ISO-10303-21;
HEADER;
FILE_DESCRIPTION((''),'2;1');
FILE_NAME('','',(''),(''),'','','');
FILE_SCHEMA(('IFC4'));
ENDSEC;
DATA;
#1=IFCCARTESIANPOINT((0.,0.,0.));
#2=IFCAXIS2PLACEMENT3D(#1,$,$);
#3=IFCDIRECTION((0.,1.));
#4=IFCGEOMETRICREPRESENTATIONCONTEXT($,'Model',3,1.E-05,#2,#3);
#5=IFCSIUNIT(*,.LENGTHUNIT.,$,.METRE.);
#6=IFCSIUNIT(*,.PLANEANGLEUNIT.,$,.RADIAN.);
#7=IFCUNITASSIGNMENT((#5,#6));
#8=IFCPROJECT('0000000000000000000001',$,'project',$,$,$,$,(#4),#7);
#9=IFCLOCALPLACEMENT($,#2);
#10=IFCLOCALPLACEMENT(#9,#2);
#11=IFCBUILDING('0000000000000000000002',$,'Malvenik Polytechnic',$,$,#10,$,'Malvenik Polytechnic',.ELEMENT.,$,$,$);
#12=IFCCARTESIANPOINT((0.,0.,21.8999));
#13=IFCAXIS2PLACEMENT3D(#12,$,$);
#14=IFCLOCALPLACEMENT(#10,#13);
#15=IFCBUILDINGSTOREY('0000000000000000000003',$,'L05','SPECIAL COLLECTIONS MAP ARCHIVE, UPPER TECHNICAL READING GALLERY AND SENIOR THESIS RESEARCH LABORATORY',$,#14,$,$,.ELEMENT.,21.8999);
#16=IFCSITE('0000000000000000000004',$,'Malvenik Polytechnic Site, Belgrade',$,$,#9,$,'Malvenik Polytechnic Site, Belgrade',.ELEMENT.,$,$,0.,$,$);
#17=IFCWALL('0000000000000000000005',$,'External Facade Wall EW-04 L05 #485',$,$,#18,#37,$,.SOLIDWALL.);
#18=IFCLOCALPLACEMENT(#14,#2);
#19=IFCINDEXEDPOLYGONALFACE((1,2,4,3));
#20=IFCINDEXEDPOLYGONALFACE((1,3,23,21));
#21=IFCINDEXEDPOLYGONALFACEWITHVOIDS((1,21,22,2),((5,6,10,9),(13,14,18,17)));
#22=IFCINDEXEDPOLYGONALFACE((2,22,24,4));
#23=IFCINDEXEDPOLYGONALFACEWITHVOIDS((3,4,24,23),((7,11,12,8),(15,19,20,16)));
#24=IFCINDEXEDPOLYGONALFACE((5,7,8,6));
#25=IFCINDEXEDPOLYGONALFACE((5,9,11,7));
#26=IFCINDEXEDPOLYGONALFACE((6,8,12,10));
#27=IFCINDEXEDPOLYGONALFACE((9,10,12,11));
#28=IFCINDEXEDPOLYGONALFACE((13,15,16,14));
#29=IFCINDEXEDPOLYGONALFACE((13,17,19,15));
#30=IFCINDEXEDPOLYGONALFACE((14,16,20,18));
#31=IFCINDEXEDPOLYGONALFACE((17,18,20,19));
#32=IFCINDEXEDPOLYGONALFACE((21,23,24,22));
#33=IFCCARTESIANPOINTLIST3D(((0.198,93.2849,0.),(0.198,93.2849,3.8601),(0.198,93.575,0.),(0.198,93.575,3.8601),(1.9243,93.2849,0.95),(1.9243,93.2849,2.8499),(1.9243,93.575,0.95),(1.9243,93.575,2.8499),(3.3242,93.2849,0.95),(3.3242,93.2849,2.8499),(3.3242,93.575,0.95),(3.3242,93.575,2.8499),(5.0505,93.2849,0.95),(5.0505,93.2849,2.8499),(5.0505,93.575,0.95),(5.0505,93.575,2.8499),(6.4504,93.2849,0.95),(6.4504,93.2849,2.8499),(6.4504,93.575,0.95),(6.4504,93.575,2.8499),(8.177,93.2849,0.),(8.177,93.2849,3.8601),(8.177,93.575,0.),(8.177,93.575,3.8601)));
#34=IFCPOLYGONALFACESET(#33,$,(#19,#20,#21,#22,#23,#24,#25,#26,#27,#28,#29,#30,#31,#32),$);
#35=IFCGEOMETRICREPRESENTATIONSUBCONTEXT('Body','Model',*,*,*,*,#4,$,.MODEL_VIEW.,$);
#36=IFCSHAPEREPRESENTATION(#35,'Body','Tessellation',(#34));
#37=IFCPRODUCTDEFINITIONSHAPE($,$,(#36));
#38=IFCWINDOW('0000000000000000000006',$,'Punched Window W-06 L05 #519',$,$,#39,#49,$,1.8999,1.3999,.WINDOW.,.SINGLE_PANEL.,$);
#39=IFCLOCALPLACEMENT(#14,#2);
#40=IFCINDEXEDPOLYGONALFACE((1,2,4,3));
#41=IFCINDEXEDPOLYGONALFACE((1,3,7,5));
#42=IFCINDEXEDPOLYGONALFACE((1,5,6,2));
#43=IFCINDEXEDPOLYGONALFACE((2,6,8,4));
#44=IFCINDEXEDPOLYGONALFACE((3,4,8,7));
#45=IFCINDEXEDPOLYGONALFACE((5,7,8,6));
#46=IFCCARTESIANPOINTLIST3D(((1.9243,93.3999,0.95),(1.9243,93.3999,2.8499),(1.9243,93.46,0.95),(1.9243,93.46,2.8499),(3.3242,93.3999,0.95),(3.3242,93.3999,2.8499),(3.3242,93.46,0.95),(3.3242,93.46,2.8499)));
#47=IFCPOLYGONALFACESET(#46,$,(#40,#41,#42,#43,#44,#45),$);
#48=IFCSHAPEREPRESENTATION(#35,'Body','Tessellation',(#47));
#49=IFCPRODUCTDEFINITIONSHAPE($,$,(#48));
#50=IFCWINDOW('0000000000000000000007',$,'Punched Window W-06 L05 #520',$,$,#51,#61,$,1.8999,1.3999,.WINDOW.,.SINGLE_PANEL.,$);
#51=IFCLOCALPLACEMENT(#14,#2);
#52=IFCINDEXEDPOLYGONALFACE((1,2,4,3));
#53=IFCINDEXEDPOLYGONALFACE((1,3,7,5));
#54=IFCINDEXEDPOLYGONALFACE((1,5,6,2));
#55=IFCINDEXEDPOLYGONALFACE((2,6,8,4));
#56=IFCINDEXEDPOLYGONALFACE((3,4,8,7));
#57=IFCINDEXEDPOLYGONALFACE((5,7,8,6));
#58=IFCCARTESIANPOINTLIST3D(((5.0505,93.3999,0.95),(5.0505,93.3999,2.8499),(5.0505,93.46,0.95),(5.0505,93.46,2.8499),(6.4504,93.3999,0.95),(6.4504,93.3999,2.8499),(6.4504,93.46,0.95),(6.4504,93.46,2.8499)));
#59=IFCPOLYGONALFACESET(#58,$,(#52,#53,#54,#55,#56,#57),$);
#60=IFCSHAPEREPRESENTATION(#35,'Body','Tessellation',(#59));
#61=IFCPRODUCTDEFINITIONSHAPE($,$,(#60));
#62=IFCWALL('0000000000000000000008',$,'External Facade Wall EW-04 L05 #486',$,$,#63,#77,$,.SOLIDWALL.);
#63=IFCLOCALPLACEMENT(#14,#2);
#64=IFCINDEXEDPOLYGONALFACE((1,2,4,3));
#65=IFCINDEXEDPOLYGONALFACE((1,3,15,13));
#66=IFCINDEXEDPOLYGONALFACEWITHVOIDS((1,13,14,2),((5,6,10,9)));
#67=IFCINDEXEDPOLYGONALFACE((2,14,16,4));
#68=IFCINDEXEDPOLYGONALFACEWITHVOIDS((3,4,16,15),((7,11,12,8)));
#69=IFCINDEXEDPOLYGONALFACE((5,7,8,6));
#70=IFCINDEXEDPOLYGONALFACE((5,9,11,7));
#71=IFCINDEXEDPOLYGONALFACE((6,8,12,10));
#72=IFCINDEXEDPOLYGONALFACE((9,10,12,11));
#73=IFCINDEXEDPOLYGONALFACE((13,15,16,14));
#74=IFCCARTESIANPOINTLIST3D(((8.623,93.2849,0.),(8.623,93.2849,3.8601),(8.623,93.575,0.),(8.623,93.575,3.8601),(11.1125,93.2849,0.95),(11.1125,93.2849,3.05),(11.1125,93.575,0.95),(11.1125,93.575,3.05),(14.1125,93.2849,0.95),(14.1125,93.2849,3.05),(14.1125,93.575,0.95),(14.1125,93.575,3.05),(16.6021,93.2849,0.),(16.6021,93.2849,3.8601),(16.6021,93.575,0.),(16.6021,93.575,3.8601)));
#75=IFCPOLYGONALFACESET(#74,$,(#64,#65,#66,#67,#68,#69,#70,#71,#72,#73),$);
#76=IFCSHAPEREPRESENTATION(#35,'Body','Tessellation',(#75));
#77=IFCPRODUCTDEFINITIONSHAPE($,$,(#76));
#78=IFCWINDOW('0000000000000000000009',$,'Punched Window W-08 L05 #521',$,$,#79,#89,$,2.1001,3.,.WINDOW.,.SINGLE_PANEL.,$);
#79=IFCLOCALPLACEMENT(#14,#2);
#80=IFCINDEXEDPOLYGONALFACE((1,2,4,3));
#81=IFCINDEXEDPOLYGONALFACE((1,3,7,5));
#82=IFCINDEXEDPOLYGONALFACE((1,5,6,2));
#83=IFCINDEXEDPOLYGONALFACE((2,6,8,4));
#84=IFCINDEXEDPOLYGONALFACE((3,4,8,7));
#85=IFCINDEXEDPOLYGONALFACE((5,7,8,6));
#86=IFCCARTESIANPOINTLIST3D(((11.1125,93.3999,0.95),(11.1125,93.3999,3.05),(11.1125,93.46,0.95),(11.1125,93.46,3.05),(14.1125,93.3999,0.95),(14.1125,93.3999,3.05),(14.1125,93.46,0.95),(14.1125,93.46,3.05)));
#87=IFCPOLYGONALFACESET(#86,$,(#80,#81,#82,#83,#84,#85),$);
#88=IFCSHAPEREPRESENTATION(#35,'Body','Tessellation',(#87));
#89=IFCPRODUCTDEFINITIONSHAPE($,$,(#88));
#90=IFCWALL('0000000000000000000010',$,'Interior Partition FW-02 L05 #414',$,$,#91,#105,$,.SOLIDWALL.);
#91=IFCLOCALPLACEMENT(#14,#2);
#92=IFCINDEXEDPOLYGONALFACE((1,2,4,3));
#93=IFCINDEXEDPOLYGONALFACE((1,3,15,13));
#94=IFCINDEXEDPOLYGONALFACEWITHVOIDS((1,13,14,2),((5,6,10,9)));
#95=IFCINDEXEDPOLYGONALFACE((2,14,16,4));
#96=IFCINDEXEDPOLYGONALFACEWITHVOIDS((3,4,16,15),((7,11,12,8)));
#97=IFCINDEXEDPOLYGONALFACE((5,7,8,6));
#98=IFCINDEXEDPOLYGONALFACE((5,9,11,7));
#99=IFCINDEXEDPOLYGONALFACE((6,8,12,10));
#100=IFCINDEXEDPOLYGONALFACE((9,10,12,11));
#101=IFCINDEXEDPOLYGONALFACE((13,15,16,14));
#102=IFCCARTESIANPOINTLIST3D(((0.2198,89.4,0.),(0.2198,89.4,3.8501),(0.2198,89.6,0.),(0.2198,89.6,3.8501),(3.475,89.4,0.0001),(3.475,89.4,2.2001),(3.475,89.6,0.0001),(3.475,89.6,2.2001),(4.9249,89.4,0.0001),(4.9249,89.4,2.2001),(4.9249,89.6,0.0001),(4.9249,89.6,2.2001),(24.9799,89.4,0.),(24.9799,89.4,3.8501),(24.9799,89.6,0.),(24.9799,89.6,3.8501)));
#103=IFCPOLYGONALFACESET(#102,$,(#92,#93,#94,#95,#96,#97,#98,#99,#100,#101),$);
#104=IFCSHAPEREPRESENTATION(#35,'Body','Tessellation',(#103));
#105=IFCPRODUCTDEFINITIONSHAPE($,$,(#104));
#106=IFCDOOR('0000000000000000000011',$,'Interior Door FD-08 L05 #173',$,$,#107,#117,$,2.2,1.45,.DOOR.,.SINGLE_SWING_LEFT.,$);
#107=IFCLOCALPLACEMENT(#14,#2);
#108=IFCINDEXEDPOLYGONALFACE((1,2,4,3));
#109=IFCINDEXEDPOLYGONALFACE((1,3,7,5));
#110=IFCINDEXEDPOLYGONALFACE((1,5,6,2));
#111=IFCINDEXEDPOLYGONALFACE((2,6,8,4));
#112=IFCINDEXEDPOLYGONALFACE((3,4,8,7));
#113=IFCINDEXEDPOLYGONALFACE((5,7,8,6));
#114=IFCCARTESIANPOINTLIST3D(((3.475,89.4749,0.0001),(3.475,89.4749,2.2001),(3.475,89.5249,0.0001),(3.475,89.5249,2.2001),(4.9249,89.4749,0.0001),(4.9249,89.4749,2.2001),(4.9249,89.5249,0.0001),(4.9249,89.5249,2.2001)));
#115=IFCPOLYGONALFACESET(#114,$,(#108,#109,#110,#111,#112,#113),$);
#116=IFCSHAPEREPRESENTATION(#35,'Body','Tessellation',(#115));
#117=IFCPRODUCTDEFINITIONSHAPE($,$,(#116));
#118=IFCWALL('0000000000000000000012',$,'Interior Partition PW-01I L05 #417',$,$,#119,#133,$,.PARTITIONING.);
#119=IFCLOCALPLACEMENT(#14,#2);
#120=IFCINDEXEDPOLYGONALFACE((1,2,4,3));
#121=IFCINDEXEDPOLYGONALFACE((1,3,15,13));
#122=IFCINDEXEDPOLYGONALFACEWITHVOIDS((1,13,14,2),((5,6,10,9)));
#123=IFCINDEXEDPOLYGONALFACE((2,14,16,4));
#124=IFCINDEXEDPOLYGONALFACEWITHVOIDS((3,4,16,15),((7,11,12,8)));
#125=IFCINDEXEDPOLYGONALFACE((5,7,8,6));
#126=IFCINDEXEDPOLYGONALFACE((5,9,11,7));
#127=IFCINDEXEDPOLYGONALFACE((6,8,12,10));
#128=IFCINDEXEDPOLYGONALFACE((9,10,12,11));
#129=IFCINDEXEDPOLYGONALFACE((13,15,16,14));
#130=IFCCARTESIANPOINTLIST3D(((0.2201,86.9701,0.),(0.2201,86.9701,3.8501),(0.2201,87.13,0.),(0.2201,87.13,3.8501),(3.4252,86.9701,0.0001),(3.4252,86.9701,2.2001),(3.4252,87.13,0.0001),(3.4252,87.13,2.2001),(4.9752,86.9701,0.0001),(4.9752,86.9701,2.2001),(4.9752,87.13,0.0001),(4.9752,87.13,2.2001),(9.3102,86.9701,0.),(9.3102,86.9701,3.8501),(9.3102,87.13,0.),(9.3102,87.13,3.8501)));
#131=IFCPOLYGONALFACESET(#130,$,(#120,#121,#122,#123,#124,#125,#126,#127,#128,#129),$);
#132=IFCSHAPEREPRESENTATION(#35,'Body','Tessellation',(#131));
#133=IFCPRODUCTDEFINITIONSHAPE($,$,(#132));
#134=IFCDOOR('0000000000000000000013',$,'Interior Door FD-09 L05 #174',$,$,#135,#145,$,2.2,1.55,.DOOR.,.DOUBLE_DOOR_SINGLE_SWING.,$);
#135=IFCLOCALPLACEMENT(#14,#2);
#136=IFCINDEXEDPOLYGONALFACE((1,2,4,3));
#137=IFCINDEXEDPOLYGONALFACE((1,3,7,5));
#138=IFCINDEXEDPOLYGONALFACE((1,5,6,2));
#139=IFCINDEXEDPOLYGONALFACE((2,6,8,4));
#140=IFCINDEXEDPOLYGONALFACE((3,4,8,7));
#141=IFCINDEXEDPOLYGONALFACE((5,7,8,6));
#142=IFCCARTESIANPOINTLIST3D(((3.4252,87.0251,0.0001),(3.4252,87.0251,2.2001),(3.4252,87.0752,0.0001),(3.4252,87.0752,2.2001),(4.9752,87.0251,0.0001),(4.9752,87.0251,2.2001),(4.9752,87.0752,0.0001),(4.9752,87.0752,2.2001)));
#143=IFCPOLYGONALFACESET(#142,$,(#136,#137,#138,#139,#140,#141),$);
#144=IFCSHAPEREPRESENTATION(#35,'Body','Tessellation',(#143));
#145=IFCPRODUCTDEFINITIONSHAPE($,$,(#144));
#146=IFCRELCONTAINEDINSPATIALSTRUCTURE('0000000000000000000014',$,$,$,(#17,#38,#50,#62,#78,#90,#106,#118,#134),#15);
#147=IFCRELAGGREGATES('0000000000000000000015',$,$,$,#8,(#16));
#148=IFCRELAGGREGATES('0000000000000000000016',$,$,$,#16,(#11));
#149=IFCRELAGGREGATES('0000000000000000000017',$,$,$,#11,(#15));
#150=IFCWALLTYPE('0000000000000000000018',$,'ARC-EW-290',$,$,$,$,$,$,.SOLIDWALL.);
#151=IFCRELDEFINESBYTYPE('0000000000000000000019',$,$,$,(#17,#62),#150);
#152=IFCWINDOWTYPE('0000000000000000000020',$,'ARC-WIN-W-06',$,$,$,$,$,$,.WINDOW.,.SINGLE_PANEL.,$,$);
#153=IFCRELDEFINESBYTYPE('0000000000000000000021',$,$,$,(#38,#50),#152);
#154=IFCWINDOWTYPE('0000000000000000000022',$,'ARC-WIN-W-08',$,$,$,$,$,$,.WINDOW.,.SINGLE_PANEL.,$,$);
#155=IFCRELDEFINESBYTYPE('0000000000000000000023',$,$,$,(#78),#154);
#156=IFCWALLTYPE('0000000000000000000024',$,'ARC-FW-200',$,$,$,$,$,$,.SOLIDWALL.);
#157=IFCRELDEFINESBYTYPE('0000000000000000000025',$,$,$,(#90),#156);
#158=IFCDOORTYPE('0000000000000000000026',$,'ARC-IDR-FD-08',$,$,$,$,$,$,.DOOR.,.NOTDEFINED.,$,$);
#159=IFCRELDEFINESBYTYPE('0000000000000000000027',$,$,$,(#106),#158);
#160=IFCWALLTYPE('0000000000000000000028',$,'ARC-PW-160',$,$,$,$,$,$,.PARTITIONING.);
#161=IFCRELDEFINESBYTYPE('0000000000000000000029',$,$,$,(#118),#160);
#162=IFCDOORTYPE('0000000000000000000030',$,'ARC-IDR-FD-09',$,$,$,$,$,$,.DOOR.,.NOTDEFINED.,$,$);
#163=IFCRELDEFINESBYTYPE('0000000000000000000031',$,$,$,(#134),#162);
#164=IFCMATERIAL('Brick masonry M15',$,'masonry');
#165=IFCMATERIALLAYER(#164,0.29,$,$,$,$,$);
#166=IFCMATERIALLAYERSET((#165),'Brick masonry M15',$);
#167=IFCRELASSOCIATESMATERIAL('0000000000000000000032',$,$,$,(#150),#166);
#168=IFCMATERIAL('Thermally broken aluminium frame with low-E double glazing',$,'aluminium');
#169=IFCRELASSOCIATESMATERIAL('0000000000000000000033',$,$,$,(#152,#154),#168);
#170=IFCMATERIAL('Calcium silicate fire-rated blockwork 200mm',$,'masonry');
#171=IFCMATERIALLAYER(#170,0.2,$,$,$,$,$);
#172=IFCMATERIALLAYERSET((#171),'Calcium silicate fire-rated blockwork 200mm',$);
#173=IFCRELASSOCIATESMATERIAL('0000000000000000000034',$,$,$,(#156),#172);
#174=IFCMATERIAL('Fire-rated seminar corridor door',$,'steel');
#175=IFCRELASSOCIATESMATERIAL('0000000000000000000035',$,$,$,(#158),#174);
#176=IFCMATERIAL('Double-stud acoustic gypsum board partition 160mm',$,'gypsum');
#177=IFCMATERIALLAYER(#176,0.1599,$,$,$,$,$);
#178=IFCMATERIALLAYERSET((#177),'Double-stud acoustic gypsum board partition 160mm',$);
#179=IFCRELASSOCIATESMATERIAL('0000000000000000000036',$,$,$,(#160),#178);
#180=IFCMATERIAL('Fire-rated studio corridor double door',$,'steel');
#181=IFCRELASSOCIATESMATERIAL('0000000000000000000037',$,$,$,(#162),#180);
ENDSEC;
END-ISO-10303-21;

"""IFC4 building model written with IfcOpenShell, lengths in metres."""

from ifc_helpers import new_model, si_unit, direction, frame, frame_2d, origin, place, context, subcontext, project, spatial, rectangle, extrude, material, layer, layer_set, type_object, element, fill, save


model = new_model("IFC4")

# Units and contexts
model_context = context("Model", 3, precision=1e-05, world=origin(), true_north=direction((0.0, 1.0)))
body_context = subcontext(model_context, "Body", "Model", "MODEL_VIEW")
ifc_project = project(units=[si_unit("LENGTHUNIT", "METRE"), si_unit("PLANEANGLEUNIT", "RADIAN")], contexts=[model_context])

# Site, building, storey
site_placement = place(None, origin())
site = spatial("IfcSite", under=ifc_project, at=site_placement, Name="Malvenik Polytechnic Site, Belgrade", LongName="Malvenik Polytechnic Site, Belgrade", CompositionType="ELEMENT", RefElevation=0.0)
building_placement = place(site_placement, origin())
building = spatial("IfcBuilding", under=site, at=building_placement, Name="Malvenik Polytechnic", LongName="Malvenik Polytechnic", CompositionType="ELEMENT")
storey_placement = place(building_placement, frame((0.0, 0.0, 21.8999)))
storey = spatial("IfcBuildingStorey", under=building, at=storey_placement, Name="L05", Description="SPECIAL COLLECTIONS MAP ARCHIVE, UPPER TECHNICAL READING GALLERY AND SENIOR THESIS RESEARCH LABORATORY", CompositionType="ELEMENT", Elevation=21.8999)

# Shared definitions
ifc_material_1 = material(Name="Brick masonry M15", Category="masonry")
ifc_layer_1 = layer(ifc_material_1, 0.29)
ifc_layer_set_1 = layer_set([ifc_layer_1], Name="Brick masonry M15")
wall_type_1 = type_object("IfcWallType", Name="ARC-EW-290", PredefinedType="SOLIDWALL", material=ifc_layer_set_1)
ifc_material_2 = material(Name="Thermally broken aluminium frame with low-E double glazing", Category="aluminium")

# Wall, openings, windows
wall_1_placement = place(storey_placement, frame((0.198, 93.4299, 0.0), z_axis=(0.0, 0.0, 1.0), x_axis=(1.0, 0.0, 0.0)))
wall_1 = element("IfcWall", 1, at=wall_1_placement, inside=storey, type_object=wall_type_1, Name="External Facade Wall EW-04 L05 #485", PredefinedType="SOLIDWALL", context=body_context, shape_type="SweptSolid", body=[
    extrude(rectangle(XDim=7.979, YDim=0.29, at=frame_2d((3.9895, 0.0))), origin(), (0.0, 0.0, 1.0), 3.8601),
])
opening_1_placement = place(wall_1_placement, frame((1.7263, 0.0, 0.95)))
opening_1 = element("IfcOpeningElement", 2, at=opening_1_placement, cuts=wall_1, PredefinedType="OPENING", context=body_context, shape_type="SweptSolid", body=[
    extrude(rectangle(XDim=1.3999, YDim=1.8999, at=frame_2d((0.7, 0.95))), frame((0.0, 0.155, 0.0), z_axis=(0.0, -1.0, 0.0), x_axis=(1.0, 0.0, 0.0)), (0.0, 0.0, 1.0), 0.3101),
])
opening_2_placement = place(wall_1_placement, frame((4.8525, 0.0, 0.95)))
opening_2 = element("IfcOpeningElement", 3, at=opening_2_placement, cuts=wall_1, PredefinedType="OPENING", context=body_context, shape_type="SweptSolid", body=[
    extrude(rectangle(XDim=1.3999, YDim=1.8999, at=frame_2d((0.7, 0.95))), frame((0.0, 0.155, 0.0), z_axis=(0.0, -1.0, 0.0), x_axis=(1.0, 0.0, 0.0)), (0.0, 0.0, 1.0), 0.3101),
])
window_type_1 = type_object("IfcWindowType", Name="ARC-WIN-W-06", PartitioningType="SINGLE_PANEL", PredefinedType="WINDOW", material=ifc_material_2)
window_1_placement = place(opening_1_placement, origin())
window_1 = element("IfcWindow", 4, at=window_1_placement, inside=storey, type_object=window_type_1, Name="Punched Window W-06 L05 #519", OverallHeight=1.8999, OverallWidth=1.3999, PartitioningType="SINGLE_PANEL", PredefinedType="WINDOW", context=body_context, shape_type="SweptSolid", body=[
    extrude(rectangle(XDim=1.3999, YDim=1.8999, at=frame_2d((0.7, 0.95))), frame((0.0, 0.03, 0.0), z_axis=(0.0, -1.0, 0.0), x_axis=(1.0, 0.0, 0.0)), (0.0, 0.0, 1.0), 0.0601),
])
fill(opening_1, window_1)
window_2_placement = place(opening_2_placement, origin())
window_2 = element("IfcWindow", 5, at=window_2_placement, inside=storey, type_object=window_type_1, Name="Punched Window W-06 L05 #520", OverallHeight=1.8999, OverallWidth=1.3999, PartitioningType="SINGLE_PANEL", PredefinedType="WINDOW", context=body_context, shape_type="SweptSolid", body=[
    extrude(rectangle(XDim=1.3999, YDim=1.8999, at=frame_2d((0.7, 0.95))), frame((0.0, 0.03, 0.0), z_axis=(0.0, -1.0, 0.0), x_axis=(1.0, 0.0, 0.0)), (0.0, 0.0, 1.0), 0.0601),
])
fill(opening_2, window_2)

# Wall, opening, window
wall_2_placement = place(storey_placement, frame((8.623, 93.4299, 0.0), z_axis=(0.0, 0.0, 1.0), x_axis=(1.0, 0.0, 0.0)))
wall_2 = element("IfcWall", 6, at=wall_2_placement, inside=storey, type_object=wall_type_1, Name="External Facade Wall EW-04 L05 #486", PredefinedType="SOLIDWALL", context=body_context, shape_type="SweptSolid", body=[
    extrude(rectangle(XDim=7.979, YDim=0.29, at=frame_2d((3.9895, 0.0))), origin(), (0.0, 0.0, 1.0), 3.8601),
])
opening_3_placement = place(wall_2_placement, frame((2.4895, 0.0, 0.95)))
opening_3 = element("IfcOpeningElement", 7, at=opening_3_placement, cuts=wall_2, PredefinedType="OPENING", context=body_context, shape_type="SweptSolid", body=[
    extrude(rectangle(XDim=3.0, YDim=2.1001, at=frame_2d((1.5, 1.05))), frame((0.0, 0.155, 0.0), z_axis=(0.0, -1.0, 0.0), x_axis=(1.0, 0.0, 0.0)), (0.0, 0.0, 1.0), 0.3101),
])
window_type_2 = type_object("IfcWindowType", Name="ARC-WIN-W-08", PartitioningType="SINGLE_PANEL", PredefinedType="WINDOW", material=ifc_material_2)
window_3_placement = place(opening_3_placement, origin())
window_3 = element("IfcWindow", 8, at=window_3_placement, inside=storey, type_object=window_type_2, Name="Punched Window W-08 L05 #521", OverallHeight=2.1001, OverallWidth=3.0, PartitioningType="SINGLE_PANEL", PredefinedType="WINDOW", context=body_context, shape_type="SweptSolid", body=[
    extrude(rectangle(XDim=3.0, YDim=2.1001, at=frame_2d((1.5, 1.05))), frame((0.0, 0.03, 0.0), z_axis=(0.0, -1.0, 0.0), x_axis=(1.0, 0.0, 0.0)), (0.0, 0.0, 1.0), 0.0601),
])
fill(opening_3, window_3)

# Walls, openings, doors
ifc_material_3 = material(Name="Calcium silicate fire-rated blockwork 200mm", Category="masonry")
ifc_layer_2 = layer(ifc_material_3, 0.2)
ifc_layer_set_2 = layer_set([ifc_layer_2], Name="Calcium silicate fire-rated blockwork 200mm")
wall_type_2 = type_object("IfcWallType", Name="ARC-FW-200", PredefinedType="SOLIDWALL", material=ifc_layer_set_2)
wall_3_placement = place(storey_placement, frame((0.22, 89.5, 0.0), z_axis=(0.0, 0.0, 1.0), x_axis=(1.0, 0.0, 0.0)))
wall_3 = element("IfcWall", 9, at=wall_3_placement, inside=storey, type_object=wall_type_2, Name="Interior Partition FW-02 L05 #414", PredefinedType="SOLIDWALL", context=body_context, shape_type="SweptSolid", body=[
    extrude(rectangle(XDim=24.76, YDim=0.2, at=frame_2d((12.3799, 0.0))), origin(), (0.0, 0.0, 1.0), 3.8501),
])
opening_4_placement = place(wall_3_placement, frame((3.2549, 0.0, 0.0)))
opening_4 = element("IfcOpeningElement", 10, at=opening_4_placement, cuts=wall_3, PredefinedType="OPENING", context=body_context, shape_type="SweptSolid", body=[
    extrude(rectangle(XDim=1.45, YDim=2.2, at=frame_2d((0.7251, 1.1001))), frame((0.0, 0.1099, 0.0), z_axis=(0.0, -1.0, 0.0), x_axis=(1.0, 0.0, 0.0)), (0.0, 0.0, 1.0), 0.22),
])
ifc_material_4 = material(Name="Fire-rated seminar corridor door", Category="steel")
door_type_1 = type_object("IfcDoorType", Name="ARC-IDR-FD-08", OperationType="NOTDEFINED", PredefinedType="DOOR", material=ifc_material_4)
door_1_placement = place(opening_4_placement, origin())
door_1 = element("IfcDoor", 11, at=door_1_placement, inside=storey, type_object=door_type_1, Name="Interior Door FD-08 L05 #173", OperationType="SINGLE_SWING_LEFT", OverallHeight=2.2, OverallWidth=1.45, PredefinedType="DOOR", context=body_context, shape_type="SweptSolid", body=[
    extrude(rectangle(XDim=1.45, YDim=2.2, at=frame_2d((0.7251, 1.1001))), frame((0.0, 0.0249, 0.0), z_axis=(0.0, -1.0, 0.0), x_axis=(1.0, 0.0, 0.0)), (0.0, 0.0, 1.0), 0.05),
])
fill(opening_4, door_1)
ifc_material_5 = material(Name="Double-stud acoustic gypsum board partition 160mm", Category="gypsum")
ifc_layer_3 = layer(ifc_material_5, 0.1599)
ifc_layer_set_3 = layer_set([ifc_layer_3], Name="Double-stud acoustic gypsum board partition 160mm")
wall_type_3 = type_object("IfcWallType", Name="ARC-PW-160", PredefinedType="PARTITIONING", material=ifc_layer_set_3)
wall_4_placement = place(storey_placement, frame((9.3101, 87.05, 0.0), z_axis=(0.0, 0.0, 1.0), x_axis=(-1.0, 0.0, 0.0)))
wall_4 = element("IfcWall", 12, at=wall_4_placement, inside=storey, type_object=wall_type_3, Name="Interior Partition PW-01I L05 #417", PredefinedType="PARTITIONING", context=body_context, shape_type="SweptSolid", body=[
    extrude(rectangle(XDim=9.0901, YDim=0.1599, at=frame_2d((4.5449, 0.0))), origin(), (0.0, 0.0, 1.0), 3.8501),
])
opening_5_placement = place(wall_4_placement, frame((4.335, 0.0, 0.0)))
opening_5 = element("IfcOpeningElement", 13, at=opening_5_placement, cuts=wall_4, PredefinedType="OPENING", context=body_context, shape_type="SweptSolid", body=[
    extrude(rectangle(XDim=1.55, YDim=2.2, at=frame_2d((0.7749, 1.1001))), frame((0.0, 0.0898, 0.0), z_axis=(0.0, -1.0, 0.0), x_axis=(1.0, 0.0, 0.0)), (0.0, 0.0, 1.0), 0.1799),
])
ifc_material_6 = material(Name="Fire-rated studio corridor double door", Category="steel")
door_type_2 = type_object("IfcDoorType", Name="ARC-IDR-FD-09", OperationType="NOTDEFINED", PredefinedType="DOOR", material=ifc_material_6)
door_2_placement = place(opening_5_placement, origin())
door_2 = element("IfcDoor", 14, at=door_2_placement, inside=storey, type_object=door_type_2, Name="Interior Door FD-09 L05 #174", OperationType="DOUBLE_DOOR_SINGLE_SWING", OverallHeight=2.2, OverallWidth=1.55, PredefinedType="DOOR", context=body_context, shape_type="SweptSolid", body=[
    extrude(rectangle(XDim=1.55, YDim=2.2, at=frame_2d((0.7749, 1.1001))), frame((0.0, 0.0249, 0.0), z_axis=(0.0, -1.0, 0.0), x_axis=(1.0, 0.0, 0.0)), (0.0, 0.0, 1.0), 0.05),
])
fill(opening_5, door_2)

save(model, "model.ifc")
